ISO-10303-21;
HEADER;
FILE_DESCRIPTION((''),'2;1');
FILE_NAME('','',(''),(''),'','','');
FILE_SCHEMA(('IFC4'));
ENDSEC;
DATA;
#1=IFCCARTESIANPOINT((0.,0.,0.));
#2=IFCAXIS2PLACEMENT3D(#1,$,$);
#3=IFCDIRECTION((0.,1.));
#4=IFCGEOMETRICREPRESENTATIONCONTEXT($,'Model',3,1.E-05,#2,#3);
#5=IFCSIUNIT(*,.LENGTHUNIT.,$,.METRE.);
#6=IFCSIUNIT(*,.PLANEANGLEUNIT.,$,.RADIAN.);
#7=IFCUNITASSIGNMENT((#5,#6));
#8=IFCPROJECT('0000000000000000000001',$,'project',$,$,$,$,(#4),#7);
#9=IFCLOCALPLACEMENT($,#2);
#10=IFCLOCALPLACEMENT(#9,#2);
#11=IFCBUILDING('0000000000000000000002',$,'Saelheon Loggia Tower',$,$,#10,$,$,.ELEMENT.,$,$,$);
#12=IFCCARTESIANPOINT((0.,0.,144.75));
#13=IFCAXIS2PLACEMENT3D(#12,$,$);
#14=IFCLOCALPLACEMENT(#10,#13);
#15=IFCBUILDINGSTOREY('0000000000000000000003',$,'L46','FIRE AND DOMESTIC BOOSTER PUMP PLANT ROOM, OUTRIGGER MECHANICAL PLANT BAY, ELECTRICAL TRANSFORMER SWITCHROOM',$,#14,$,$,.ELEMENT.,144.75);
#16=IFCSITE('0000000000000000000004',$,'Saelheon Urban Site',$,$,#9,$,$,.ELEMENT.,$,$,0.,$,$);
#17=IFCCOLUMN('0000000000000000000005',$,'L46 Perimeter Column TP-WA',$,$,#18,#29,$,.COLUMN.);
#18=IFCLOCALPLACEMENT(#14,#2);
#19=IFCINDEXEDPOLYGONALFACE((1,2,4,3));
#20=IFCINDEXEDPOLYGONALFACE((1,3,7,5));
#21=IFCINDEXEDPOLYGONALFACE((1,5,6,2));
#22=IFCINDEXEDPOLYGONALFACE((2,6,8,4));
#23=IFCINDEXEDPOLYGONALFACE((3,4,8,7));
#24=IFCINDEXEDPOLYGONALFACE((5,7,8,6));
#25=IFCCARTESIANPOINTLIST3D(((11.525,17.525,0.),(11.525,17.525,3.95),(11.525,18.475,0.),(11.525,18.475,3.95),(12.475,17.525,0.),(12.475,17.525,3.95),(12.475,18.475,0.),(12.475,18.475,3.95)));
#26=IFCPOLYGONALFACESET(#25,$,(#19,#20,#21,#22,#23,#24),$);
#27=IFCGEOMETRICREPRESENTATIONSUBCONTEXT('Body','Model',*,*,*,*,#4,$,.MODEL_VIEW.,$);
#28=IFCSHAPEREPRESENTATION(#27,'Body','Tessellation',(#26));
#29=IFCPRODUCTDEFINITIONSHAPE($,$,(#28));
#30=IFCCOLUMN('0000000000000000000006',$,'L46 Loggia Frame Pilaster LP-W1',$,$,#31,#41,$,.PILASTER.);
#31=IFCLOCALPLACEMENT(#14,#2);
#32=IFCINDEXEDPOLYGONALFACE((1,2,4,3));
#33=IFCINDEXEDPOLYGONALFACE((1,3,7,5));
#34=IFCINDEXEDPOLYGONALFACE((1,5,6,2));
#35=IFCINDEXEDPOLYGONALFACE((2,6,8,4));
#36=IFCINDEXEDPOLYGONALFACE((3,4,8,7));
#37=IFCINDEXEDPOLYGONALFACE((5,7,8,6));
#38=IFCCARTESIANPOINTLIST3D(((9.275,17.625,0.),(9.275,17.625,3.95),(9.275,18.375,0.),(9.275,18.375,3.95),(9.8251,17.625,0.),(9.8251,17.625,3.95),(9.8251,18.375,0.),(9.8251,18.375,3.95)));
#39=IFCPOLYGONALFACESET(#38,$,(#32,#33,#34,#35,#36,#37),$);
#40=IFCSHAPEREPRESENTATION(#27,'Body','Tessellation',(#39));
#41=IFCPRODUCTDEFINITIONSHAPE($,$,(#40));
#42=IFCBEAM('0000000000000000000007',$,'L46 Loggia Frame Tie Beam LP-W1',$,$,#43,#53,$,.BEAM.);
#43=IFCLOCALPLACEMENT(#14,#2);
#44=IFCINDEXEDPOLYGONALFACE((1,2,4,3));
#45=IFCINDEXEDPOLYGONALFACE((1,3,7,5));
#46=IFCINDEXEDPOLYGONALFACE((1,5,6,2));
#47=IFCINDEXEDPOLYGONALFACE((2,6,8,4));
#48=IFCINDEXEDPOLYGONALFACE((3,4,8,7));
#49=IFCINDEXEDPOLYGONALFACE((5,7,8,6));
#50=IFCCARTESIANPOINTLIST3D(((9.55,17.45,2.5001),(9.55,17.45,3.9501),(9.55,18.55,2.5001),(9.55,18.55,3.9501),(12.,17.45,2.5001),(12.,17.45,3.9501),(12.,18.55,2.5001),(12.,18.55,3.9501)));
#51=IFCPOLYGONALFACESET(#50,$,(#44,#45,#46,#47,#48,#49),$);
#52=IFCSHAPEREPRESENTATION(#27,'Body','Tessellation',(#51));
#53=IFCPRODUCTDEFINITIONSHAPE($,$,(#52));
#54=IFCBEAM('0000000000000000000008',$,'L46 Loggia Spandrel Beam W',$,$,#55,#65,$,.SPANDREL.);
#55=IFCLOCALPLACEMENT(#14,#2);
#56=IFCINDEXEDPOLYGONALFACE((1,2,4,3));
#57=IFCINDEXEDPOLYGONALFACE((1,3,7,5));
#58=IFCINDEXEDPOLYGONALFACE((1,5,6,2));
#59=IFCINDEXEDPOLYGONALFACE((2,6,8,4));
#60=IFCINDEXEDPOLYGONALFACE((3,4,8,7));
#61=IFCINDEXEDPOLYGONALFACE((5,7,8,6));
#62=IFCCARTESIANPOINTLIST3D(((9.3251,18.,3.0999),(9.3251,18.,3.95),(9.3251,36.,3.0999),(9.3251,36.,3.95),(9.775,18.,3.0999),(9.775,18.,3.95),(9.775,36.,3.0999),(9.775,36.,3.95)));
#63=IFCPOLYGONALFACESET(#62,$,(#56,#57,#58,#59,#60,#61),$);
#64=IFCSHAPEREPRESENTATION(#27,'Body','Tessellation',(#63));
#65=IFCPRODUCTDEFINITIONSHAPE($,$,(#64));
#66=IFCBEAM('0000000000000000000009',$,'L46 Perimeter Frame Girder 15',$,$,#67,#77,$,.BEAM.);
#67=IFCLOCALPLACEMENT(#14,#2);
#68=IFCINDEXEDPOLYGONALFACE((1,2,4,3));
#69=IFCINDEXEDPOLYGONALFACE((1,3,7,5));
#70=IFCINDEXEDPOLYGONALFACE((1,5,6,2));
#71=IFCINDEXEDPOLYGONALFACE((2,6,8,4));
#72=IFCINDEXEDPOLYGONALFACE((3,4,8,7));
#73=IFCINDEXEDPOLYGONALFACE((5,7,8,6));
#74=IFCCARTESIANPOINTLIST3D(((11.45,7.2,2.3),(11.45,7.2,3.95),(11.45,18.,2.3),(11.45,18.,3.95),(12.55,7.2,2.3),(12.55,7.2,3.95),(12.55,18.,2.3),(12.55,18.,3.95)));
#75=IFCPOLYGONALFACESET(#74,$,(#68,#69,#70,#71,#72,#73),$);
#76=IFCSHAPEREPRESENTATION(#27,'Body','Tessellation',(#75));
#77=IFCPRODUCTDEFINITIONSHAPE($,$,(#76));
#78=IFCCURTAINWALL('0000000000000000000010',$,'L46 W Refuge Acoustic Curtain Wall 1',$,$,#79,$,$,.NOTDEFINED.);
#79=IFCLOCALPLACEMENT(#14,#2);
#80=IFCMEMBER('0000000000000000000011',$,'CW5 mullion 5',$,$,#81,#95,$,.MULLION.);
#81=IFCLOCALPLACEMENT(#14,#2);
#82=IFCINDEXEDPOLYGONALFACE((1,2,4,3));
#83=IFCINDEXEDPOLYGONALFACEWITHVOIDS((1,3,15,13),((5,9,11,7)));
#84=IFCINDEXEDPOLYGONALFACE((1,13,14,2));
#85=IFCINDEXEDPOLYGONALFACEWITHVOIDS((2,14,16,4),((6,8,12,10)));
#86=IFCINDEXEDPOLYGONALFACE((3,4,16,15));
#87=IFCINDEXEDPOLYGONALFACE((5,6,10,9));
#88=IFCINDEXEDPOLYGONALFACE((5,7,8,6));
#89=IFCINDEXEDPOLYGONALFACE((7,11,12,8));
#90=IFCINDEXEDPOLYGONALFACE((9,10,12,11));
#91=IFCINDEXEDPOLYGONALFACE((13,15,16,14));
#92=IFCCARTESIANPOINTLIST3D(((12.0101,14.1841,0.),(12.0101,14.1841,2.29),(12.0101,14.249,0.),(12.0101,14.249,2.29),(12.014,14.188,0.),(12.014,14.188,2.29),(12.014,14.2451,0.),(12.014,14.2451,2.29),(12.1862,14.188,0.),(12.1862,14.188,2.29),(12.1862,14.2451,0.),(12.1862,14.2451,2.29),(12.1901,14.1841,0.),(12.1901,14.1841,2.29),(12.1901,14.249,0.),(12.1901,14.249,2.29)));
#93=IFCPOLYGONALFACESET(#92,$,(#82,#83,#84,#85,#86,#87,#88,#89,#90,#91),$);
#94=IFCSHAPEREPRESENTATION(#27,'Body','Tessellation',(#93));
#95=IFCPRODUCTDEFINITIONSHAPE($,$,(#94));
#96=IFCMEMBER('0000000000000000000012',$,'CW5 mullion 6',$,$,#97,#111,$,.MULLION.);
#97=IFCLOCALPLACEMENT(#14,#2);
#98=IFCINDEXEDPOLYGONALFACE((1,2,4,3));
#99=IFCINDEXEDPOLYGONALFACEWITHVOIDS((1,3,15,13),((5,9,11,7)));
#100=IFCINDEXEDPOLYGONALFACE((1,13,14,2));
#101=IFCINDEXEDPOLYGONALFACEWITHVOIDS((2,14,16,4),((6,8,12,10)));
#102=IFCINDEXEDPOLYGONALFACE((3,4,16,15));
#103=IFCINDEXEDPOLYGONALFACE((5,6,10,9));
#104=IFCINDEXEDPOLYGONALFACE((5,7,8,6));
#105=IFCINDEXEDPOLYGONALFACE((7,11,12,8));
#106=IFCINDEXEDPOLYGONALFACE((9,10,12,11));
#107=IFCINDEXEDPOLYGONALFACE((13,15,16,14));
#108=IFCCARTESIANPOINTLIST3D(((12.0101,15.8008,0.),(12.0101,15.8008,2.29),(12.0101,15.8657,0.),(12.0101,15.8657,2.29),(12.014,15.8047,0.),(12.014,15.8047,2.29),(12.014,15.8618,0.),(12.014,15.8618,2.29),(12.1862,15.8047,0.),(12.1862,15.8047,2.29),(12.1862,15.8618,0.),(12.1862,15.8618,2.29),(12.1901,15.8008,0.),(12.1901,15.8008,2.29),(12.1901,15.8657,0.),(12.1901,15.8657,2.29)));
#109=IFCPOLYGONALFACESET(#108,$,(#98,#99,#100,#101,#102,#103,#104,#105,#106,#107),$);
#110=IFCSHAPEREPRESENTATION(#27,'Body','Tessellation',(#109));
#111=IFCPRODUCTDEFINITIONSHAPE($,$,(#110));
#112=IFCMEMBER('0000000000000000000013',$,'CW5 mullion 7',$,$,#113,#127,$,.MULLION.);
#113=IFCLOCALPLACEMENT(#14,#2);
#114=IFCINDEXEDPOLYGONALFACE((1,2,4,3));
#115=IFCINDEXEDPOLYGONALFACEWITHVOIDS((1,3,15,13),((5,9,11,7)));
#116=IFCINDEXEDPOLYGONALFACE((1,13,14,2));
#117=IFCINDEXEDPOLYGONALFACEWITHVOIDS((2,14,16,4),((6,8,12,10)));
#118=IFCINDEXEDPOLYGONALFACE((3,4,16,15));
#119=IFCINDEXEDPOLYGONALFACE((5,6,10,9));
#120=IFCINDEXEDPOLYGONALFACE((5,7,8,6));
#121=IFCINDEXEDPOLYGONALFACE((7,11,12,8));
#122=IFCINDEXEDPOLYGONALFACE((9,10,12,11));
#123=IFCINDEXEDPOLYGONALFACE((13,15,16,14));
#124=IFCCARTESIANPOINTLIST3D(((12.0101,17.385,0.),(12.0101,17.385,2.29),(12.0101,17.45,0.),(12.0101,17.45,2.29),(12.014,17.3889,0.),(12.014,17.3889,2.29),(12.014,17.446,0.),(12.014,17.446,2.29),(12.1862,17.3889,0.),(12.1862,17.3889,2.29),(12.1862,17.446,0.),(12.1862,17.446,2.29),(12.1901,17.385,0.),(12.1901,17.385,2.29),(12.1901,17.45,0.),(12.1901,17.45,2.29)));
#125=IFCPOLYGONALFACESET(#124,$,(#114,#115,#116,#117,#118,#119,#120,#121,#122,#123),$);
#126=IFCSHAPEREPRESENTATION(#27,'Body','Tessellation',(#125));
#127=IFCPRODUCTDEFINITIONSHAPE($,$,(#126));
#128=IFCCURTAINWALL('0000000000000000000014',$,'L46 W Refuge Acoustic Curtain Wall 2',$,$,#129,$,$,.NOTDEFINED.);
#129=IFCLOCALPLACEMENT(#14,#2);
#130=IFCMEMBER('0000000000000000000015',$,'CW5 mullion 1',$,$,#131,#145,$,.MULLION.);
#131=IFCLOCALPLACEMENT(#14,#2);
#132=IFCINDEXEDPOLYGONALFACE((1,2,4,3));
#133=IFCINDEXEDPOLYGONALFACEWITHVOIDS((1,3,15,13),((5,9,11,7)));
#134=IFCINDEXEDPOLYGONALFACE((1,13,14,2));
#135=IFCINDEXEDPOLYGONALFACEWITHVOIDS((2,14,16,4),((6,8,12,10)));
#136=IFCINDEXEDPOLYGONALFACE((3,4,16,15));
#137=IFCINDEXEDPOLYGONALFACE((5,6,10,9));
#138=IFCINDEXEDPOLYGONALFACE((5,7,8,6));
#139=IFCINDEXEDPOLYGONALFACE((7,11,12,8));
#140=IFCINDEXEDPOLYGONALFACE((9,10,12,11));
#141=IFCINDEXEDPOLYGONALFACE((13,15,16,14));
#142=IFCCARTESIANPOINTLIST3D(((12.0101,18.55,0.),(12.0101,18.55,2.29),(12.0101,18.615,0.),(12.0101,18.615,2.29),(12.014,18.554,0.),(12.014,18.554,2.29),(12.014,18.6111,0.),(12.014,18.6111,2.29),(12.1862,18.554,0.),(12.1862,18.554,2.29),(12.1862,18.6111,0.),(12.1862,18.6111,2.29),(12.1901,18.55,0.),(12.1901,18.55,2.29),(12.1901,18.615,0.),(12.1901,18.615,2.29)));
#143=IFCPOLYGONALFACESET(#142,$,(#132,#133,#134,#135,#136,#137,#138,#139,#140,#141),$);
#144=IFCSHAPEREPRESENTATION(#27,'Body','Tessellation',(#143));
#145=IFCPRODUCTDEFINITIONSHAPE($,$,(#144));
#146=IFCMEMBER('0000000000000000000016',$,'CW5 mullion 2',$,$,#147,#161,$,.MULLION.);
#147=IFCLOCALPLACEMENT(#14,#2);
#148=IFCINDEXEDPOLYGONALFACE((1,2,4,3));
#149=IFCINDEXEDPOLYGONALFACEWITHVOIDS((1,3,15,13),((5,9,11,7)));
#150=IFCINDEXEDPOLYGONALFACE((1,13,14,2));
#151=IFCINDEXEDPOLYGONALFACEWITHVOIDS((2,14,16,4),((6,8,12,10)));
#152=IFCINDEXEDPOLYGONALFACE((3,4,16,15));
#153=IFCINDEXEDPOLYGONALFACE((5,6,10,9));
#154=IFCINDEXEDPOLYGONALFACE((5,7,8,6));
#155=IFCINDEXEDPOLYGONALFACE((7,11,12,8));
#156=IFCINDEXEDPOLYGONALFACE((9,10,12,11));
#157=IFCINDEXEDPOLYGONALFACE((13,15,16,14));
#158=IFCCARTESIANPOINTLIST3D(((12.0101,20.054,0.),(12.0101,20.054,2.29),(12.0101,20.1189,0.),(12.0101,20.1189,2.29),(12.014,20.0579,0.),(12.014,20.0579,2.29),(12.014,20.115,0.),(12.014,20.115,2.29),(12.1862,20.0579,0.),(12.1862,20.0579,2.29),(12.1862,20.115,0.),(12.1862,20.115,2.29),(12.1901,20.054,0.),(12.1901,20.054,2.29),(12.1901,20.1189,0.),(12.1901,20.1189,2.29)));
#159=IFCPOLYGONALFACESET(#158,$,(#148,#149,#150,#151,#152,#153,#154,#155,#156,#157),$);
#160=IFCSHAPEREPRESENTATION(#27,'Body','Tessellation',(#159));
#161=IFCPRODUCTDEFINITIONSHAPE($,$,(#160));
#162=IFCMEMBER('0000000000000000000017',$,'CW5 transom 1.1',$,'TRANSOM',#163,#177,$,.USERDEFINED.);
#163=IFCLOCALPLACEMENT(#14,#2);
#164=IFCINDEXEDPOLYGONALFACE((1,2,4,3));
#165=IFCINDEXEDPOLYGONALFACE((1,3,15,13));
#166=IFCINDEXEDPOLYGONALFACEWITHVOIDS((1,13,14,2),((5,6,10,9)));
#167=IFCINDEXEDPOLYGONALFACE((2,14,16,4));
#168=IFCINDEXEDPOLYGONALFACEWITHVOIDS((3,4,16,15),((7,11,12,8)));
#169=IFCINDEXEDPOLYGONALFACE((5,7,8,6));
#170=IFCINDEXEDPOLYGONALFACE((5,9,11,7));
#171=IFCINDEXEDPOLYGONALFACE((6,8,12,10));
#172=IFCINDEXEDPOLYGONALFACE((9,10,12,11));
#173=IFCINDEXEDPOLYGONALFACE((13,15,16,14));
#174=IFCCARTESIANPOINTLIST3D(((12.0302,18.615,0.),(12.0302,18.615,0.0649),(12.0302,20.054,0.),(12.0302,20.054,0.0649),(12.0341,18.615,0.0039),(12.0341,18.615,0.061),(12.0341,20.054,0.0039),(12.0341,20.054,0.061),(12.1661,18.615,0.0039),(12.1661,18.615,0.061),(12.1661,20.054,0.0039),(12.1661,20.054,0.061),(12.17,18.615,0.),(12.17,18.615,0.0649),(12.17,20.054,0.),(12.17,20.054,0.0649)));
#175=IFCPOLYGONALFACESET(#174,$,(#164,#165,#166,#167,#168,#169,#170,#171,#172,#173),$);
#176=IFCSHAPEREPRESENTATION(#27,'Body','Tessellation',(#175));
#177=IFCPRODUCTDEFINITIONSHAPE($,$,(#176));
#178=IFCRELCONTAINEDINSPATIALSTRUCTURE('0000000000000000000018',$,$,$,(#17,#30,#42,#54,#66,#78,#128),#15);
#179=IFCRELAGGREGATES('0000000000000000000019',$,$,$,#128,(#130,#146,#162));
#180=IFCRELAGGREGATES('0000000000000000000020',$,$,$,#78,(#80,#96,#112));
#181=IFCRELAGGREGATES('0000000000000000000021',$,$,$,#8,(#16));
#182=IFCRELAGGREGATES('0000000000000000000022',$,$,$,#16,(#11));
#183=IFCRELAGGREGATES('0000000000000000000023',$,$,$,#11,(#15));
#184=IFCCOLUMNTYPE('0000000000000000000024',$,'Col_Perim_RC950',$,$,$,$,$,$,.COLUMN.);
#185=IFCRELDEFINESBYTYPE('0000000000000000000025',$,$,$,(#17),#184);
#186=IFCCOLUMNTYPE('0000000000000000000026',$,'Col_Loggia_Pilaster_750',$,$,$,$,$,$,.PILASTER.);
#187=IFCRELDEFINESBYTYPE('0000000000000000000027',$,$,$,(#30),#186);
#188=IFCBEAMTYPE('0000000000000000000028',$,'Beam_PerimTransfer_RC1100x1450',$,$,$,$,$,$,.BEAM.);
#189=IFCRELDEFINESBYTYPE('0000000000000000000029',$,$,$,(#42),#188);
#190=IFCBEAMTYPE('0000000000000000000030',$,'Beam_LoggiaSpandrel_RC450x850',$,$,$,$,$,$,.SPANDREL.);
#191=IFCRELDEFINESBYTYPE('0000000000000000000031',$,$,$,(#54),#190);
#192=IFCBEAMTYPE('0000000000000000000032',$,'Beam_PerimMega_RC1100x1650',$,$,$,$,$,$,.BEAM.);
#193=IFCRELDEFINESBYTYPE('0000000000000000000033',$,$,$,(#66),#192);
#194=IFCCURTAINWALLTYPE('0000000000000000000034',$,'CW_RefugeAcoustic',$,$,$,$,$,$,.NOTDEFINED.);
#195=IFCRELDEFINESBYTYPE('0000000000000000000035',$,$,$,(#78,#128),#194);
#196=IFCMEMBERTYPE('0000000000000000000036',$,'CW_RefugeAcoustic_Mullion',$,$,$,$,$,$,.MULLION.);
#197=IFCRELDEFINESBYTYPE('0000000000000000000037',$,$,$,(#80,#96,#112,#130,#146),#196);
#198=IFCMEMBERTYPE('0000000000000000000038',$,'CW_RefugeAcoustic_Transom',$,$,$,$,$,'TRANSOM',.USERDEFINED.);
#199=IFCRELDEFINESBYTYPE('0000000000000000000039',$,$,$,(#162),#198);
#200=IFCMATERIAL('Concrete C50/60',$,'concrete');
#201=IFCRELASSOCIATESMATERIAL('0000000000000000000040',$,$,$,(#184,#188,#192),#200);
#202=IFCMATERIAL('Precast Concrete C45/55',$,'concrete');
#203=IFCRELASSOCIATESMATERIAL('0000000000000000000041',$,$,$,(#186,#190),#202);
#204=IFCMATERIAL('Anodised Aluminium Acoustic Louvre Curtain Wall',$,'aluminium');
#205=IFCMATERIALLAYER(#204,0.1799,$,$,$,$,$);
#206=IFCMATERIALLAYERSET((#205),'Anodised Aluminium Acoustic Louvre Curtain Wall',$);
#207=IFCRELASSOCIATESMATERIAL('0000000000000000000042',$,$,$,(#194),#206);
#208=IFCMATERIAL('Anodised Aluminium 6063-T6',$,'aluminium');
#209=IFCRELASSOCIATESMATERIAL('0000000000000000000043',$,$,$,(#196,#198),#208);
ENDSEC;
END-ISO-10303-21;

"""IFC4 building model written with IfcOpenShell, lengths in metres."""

from ifc_helpers import new_model, si_unit, direction, frame, origin, origin_2d, place, context, subcontext, project, spatial, rectangle, hollow_rectangle, extrude, source, transform, mapped, material, layer, layer_set, material_profile, profile_set, type_object, element, aggregate, save


model = new_model("IFC4")

# Units and contexts
model_context = context("Model", 3, precision=1e-05, world=origin(), true_north=direction((0.0, 1.0)))
body_context = subcontext(model_context, "Body", "Model", "MODEL_VIEW")
ifc_project = project(units=[si_unit("LENGTHUNIT", "METRE"), si_unit("PLANEANGLEUNIT", "RADIAN")], contexts=[model_context])

# Site, building, storey
site_placement = place(None, origin())
site = spatial("IfcSite", under=ifc_project, at=site_placement, Name="Saelheon Urban Site", CompositionType="ELEMENT", RefElevation=0.0)
building_placement = place(site_placement, origin())
building = spatial("IfcBuilding", under=site, at=building_placement, Name="Saelheon Loggia Tower", CompositionType="ELEMENT")
storey_placement = place(building_placement, frame((0.0, 0.0, 144.75)))
storey = spatial("IfcBuildingStorey", under=building, at=storey_placement, Name="L46", Description="FIRE AND DOMESTIC BOOSTER PUMP PLANT ROOM, OUTRIGGER MECHANICAL PLANT BAY, ELECTRICAL TRANSFORMER SWITCHROOM", CompositionType="ELEMENT", Elevation=144.75)

# Columns
ifc_material_1 = material(Name="Concrete C50/60", Category="concrete")
ifc_material_profile_1 = material_profile(ifc_material_1, rectangle(XDim=0.95, YDim=0.95, at=origin_2d()), Name="RC-950x950")
ifc_profile_set_1 = profile_set([ifc_material_profile_1], Name="Concrete C50/60")
column_type_1 = type_object("IfcColumnType", Name="Col_Perim_RC950", PredefinedType="COLUMN", material=ifc_profile_set_1)
shared_shape_1 = source(origin(), body_context, "Body", "SweptSolid", [
    extrude(rectangle(XDim=0.95, YDim=0.95, at=origin_2d()), origin(), (0.0, 0.0, 1.0), 3.95),
])
column_1_placement = place(storey_placement, frame((12.0, 18.0, 0.0), z_axis=(0.0, 0.0, 1.0), x_axis=(1.0, 0.0, 0.0)))
element("IfcColumn", 1, at=column_1_placement, inside=storey, type_object=column_type_1, Name="L46 Perimeter Column TP-WA", PredefinedType="COLUMN", context=body_context, shape_type="MappedRepresentation", body=[
    mapped(shared_shape_1, transform((0.0, 0.0, 0.0), scale=1.0)),
])
ifc_material_2 = material(Name="Precast Concrete C45/55", Category="concrete")
ifc_material_profile_2 = material_profile(ifc_material_2, rectangle(XDim=0.55, YDim=0.75, at=origin_2d()), Name="RC-550x750")
ifc_profile_set_2 = profile_set([ifc_material_profile_2], Name="Precast Concrete C45/55")
column_type_2 = type_object("IfcColumnType", Name="Col_Loggia_Pilaster_750", PredefinedType="PILASTER", material=ifc_profile_set_2)
shared_shape_2 = source(origin(), body_context, "Body", "SweptSolid", [
    extrude(rectangle(XDim=0.55, YDim=0.75, at=origin_2d()), origin(), (0.0, 0.0, 1.0), 3.95),
])
column_2_placement = place(storey_placement, frame((9.55, 18.0, 0.0), z_axis=(0.0, 0.0, 1.0), x_axis=(1.0, 0.0, 0.0)))
element("IfcColumn", 2, at=column_2_placement, inside=storey, type_object=column_type_2, Name="L46 Loggia Frame Pilaster LP-W1", PredefinedType="PILASTER", context=body_context, shape_type="MappedRepresentation", body=[
    mapped(shared_shape_2, transform((0.0, 0.0, 0.0), scale=1.0)),
])

# Beams
ifc_material_profile_3 = material_profile(ifc_material_1, rectangle(XDim=1.1001, YDim=1.45, at=origin_2d()), Name="RC-1100x1450")
ifc_profile_set_3 = profile_set([ifc_material_profile_3], Name="Concrete C50/60")
beam_type_1 = type_object("IfcBeamType", Name="Beam_PerimTransfer_RC1100x1450", PredefinedType="BEAM", material=ifc_profile_set_3)
shared_shape_3 = source(origin(), body_context, "Body", "SweptSolid", [
    extrude(rectangle(XDim=1.1001, YDim=1.45, at=origin_2d()), origin(), (0.0, 0.0, 1.0), 2.45),
])
beam_1_placement = place(storey_placement, frame((12.0, 18.0, 3.2251), z_axis=(-1.0, 0.0, 0.0), x_axis=(0.0, -1.0, 0.0)))
element("IfcBeam", 3, at=beam_1_placement, inside=storey, type_object=beam_type_1, Name="L46 Loggia Frame Tie Beam LP-W1", PredefinedType="BEAM", context=body_context, shape_type="MappedRepresentation", body=[
    mapped(shared_shape_3, transform((0.0, 0.0, 0.0), scale=1.0)),
])
ifc_material_profile_4 = material_profile(ifc_material_2, rectangle(XDim=0.45, YDim=0.8501, at=origin_2d()), Name="RC-450x850")
ifc_profile_set_4 = profile_set([ifc_material_profile_4], Name="Precast Concrete C45/55")
beam_type_2 = type_object("IfcBeamType", Name="Beam_LoggiaSpandrel_RC450x850", PredefinedType="SPANDREL", material=ifc_profile_set_4)
shared_shape_4 = source(origin(), body_context, "Body", "SweptSolid", [
    extrude(rectangle(XDim=0.45, YDim=0.8501, at=origin_2d()), origin(), (0.0, 0.0, 1.0), 18.0),
])
beam_2_placement = place(storey_placement, frame((9.55, 18.0, 3.5249), z_axis=(0.0, 1.0, 0.0), x_axis=(-1.0, 0.0, 0.0)))
element("IfcBeam", 4, at=beam_2_placement, inside=storey, type_object=beam_type_2, Name="L46 Loggia Spandrel Beam W", PredefinedType="SPANDREL", context=body_context, shape_type="MappedRepresentation", body=[
    mapped(shared_shape_4, transform((0.0, 0.0, 0.0), scale=1.0)),
])
ifc_material_profile_5 = material_profile(ifc_material_1, rectangle(XDim=1.1001, YDim=1.6499, at=origin_2d()), Name="RC-1100x1650")
ifc_profile_set_5 = profile_set([ifc_material_profile_5], Name="Concrete C50/60")
beam_type_3 = type_object("IfcBeamType", Name="Beam_PerimMega_RC1100x1650", PredefinedType="BEAM", material=ifc_profile_set_5)
shared_shape_5 = source(origin(), body_context, "Body", "SweptSolid", [
    extrude(rectangle(XDim=1.1001, YDim=1.6499, at=origin_2d()), origin(), (0.0, 0.0, 1.0), 10.8),
])
beam_3_placement = place(storey_placement, frame((12.0, 18.0, 3.125), z_axis=(0.0, -1.0, 0.0), x_axis=(1.0, 0.0, 0.0)))
element("IfcBeam", 5, at=beam_3_placement, inside=storey, type_object=beam_type_3, Name="L46 Perimeter Frame Girder 15", PredefinedType="BEAM", context=body_context, shape_type="MappedRepresentation", body=[
    mapped(shared_shape_5, transform((0.0, 0.0, 0.0), scale=1.0)),
])

# Curtain walls, members
ifc_material_3 = material(Name="Anodised Aluminium Acoustic Louvre Curtain Wall", Category="aluminium")
ifc_layer_1 = layer(ifc_material_3, 0.1799)
ifc_layer_set_1 = layer_set([ifc_layer_1], Name="Anodised Aluminium Acoustic Louvre Curtain Wall")
curtain_wall_type = type_object("IfcCurtainWallType", Name="CW_RefugeAcoustic", PredefinedType="NOTDEFINED", material=ifc_layer_set_1)
curtain_wall_1_placement = place(storey_placement, origin())
curtain_wall_1 = element("IfcCurtainWall", 6, at=curtain_wall_1_placement, inside=storey, type_object=curtain_wall_type, Name="L46 W Refuge Acoustic Curtain Wall 1", PredefinedType="NOTDEFINED")
ifc_material_4 = material(Name="Anodised Aluminium 6063-T6", Category="aluminium")
ifc_material_profile_6 = material_profile(ifc_material_4, hollow_rectangle(XDim=0.0649, YDim=0.1799, WallThickness=0.0039, at=origin_2d()), Name="RHS-180x65x4")
ifc_profile_set_6 = profile_set([ifc_material_profile_6], Name="Anodised Aluminium 6063-T6")
member_type_1 = type_object("IfcMemberType", Name="CW_RefugeAcoustic_Mullion", PredefinedType="MULLION", material=ifc_profile_set_6)
shared_shape_6 = source(origin(), body_context, "Body", "SweptSolid", [
    extrude(hollow_rectangle(XDim=0.0649, YDim=0.1799, WallThickness=0.0039, at=origin_2d()), origin(), (0.0, 0.0, 1.0), 2.29),
])
member_1_placement = place(storey_placement, frame((12.1001, 14.2166, 0.0), z_axis=(0.0, 0.0, 1.0), x_axis=(0.0, 1.0, 0.0)))
member_1 = element("IfcMember", 7, at=member_1_placement, type_object=member_type_1, Name="CW5 mullion 5", PredefinedType="MULLION", context=body_context, shape_type="MappedRepresentation", body=[
    mapped(shared_shape_6, transform((0.0, 0.0, 0.0), scale=1.0)),
])
member_2_placement = place(storey_placement, frame((12.1001, 15.8333, 0.0), z_axis=(0.0, 0.0, 1.0), x_axis=(0.0, 1.0, 0.0)))
member_2 = element("IfcMember", 8, at=member_2_placement, type_object=member_type_1, Name="CW5 mullion 6", PredefinedType="MULLION", context=body_context, shape_type="MappedRepresentation", body=[
    mapped(shared_shape_6, transform((0.0, 0.0, 0.0), scale=1.0)),
])
member_3_placement = place(storey_placement, frame((12.1001, 17.4175, 0.0), z_axis=(0.0, 0.0, 1.0), x_axis=(0.0, 1.0, 0.0)))
member_3 = element("IfcMember", 9, at=member_3_placement, type_object=member_type_1, Name="CW5 mullion 7", PredefinedType="MULLION", context=body_context, shape_type="MappedRepresentation", body=[
    mapped(shared_shape_6, transform((0.0, 0.0, 0.0), scale=1.0)),
])
curtain_wall_2_placement = place(storey_placement, origin())
curtain_wall_2 = element("IfcCurtainWall", 10, at=curtain_wall_2_placement, inside=storey, type_object=curtain_wall_type, Name="L46 W Refuge Acoustic Curtain Wall 2", PredefinedType="NOTDEFINED")
member_4_placement = place(storey_placement, frame((12.1001, 18.5825, 0.0), z_axis=(0.0, 0.0, 1.0), x_axis=(0.0, 1.0, 0.0)))
member_4 = element("IfcMember", 11, at=member_4_placement, type_object=member_type_1, Name="CW5 mullion 1", PredefinedType="MULLION", context=body_context, shape_type="MappedRepresentation", body=[
    mapped(shared_shape_6, transform((0.0, 0.0, 0.0), scale=1.0)),
])
member_5_placement = place(storey_placement, frame((12.1001, 20.0864, 0.0), z_axis=(0.0, 0.0, 1.0), x_axis=(0.0, 1.0, 0.0)))
member_5 = element("IfcMember", 12, at=member_5_placement, type_object=member_type_1, Name="CW5 mullion 2", PredefinedType="MULLION", context=body_context, shape_type="MappedRepresentation", body=[
    mapped(shared_shape_6, transform((0.0, 0.0, 0.0), scale=1.0)),
])
ifc_material_profile_7 = material_profile(ifc_material_4, hollow_rectangle(XDim=0.0649, YDim=0.1399, WallThickness=0.0039, at=origin_2d()), Name="RHS-140x65x4")
ifc_profile_set_7 = profile_set([ifc_material_profile_7], Name="Anodised Aluminium 6063-T6")
member_type_2 = type_object("IfcMemberType", Name="CW_RefugeAcoustic_Transom", ElementType="TRANSOM", PredefinedType="USERDEFINED", material=ifc_profile_set_7)
shared_shape_7 = source(origin(), body_context, "Body", "SweptSolid", [
    extrude(hollow_rectangle(XDim=0.0649, YDim=0.1399, WallThickness=0.0039, at=origin_2d()), origin(), (0.0, 0.0, 1.0), 1.439),
])
member_6_placement = place(storey_placement, frame((12.1001, 18.615, 0.0325), z_axis=(0.0, 1.0, 0.0), x_axis=(0.0, 0.0, 1.0)))
member_6 = element("IfcMember", 13, at=member_6_placement, type_object=member_type_2, Name="CW5 transom 1.1", ObjectType="TRANSOM", PredefinedType="USERDEFINED", context=body_context, shape_type="MappedRepresentation", body=[
    mapped(shared_shape_7, transform((0.0, 0.0, 0.0), scale=1.0)),
])

aggregate(curtain_wall_2, [member_4, member_5, member_6])
aggregate(curtain_wall_1, [member_1, member_2, member_3])

save(model, "model.ifc")
